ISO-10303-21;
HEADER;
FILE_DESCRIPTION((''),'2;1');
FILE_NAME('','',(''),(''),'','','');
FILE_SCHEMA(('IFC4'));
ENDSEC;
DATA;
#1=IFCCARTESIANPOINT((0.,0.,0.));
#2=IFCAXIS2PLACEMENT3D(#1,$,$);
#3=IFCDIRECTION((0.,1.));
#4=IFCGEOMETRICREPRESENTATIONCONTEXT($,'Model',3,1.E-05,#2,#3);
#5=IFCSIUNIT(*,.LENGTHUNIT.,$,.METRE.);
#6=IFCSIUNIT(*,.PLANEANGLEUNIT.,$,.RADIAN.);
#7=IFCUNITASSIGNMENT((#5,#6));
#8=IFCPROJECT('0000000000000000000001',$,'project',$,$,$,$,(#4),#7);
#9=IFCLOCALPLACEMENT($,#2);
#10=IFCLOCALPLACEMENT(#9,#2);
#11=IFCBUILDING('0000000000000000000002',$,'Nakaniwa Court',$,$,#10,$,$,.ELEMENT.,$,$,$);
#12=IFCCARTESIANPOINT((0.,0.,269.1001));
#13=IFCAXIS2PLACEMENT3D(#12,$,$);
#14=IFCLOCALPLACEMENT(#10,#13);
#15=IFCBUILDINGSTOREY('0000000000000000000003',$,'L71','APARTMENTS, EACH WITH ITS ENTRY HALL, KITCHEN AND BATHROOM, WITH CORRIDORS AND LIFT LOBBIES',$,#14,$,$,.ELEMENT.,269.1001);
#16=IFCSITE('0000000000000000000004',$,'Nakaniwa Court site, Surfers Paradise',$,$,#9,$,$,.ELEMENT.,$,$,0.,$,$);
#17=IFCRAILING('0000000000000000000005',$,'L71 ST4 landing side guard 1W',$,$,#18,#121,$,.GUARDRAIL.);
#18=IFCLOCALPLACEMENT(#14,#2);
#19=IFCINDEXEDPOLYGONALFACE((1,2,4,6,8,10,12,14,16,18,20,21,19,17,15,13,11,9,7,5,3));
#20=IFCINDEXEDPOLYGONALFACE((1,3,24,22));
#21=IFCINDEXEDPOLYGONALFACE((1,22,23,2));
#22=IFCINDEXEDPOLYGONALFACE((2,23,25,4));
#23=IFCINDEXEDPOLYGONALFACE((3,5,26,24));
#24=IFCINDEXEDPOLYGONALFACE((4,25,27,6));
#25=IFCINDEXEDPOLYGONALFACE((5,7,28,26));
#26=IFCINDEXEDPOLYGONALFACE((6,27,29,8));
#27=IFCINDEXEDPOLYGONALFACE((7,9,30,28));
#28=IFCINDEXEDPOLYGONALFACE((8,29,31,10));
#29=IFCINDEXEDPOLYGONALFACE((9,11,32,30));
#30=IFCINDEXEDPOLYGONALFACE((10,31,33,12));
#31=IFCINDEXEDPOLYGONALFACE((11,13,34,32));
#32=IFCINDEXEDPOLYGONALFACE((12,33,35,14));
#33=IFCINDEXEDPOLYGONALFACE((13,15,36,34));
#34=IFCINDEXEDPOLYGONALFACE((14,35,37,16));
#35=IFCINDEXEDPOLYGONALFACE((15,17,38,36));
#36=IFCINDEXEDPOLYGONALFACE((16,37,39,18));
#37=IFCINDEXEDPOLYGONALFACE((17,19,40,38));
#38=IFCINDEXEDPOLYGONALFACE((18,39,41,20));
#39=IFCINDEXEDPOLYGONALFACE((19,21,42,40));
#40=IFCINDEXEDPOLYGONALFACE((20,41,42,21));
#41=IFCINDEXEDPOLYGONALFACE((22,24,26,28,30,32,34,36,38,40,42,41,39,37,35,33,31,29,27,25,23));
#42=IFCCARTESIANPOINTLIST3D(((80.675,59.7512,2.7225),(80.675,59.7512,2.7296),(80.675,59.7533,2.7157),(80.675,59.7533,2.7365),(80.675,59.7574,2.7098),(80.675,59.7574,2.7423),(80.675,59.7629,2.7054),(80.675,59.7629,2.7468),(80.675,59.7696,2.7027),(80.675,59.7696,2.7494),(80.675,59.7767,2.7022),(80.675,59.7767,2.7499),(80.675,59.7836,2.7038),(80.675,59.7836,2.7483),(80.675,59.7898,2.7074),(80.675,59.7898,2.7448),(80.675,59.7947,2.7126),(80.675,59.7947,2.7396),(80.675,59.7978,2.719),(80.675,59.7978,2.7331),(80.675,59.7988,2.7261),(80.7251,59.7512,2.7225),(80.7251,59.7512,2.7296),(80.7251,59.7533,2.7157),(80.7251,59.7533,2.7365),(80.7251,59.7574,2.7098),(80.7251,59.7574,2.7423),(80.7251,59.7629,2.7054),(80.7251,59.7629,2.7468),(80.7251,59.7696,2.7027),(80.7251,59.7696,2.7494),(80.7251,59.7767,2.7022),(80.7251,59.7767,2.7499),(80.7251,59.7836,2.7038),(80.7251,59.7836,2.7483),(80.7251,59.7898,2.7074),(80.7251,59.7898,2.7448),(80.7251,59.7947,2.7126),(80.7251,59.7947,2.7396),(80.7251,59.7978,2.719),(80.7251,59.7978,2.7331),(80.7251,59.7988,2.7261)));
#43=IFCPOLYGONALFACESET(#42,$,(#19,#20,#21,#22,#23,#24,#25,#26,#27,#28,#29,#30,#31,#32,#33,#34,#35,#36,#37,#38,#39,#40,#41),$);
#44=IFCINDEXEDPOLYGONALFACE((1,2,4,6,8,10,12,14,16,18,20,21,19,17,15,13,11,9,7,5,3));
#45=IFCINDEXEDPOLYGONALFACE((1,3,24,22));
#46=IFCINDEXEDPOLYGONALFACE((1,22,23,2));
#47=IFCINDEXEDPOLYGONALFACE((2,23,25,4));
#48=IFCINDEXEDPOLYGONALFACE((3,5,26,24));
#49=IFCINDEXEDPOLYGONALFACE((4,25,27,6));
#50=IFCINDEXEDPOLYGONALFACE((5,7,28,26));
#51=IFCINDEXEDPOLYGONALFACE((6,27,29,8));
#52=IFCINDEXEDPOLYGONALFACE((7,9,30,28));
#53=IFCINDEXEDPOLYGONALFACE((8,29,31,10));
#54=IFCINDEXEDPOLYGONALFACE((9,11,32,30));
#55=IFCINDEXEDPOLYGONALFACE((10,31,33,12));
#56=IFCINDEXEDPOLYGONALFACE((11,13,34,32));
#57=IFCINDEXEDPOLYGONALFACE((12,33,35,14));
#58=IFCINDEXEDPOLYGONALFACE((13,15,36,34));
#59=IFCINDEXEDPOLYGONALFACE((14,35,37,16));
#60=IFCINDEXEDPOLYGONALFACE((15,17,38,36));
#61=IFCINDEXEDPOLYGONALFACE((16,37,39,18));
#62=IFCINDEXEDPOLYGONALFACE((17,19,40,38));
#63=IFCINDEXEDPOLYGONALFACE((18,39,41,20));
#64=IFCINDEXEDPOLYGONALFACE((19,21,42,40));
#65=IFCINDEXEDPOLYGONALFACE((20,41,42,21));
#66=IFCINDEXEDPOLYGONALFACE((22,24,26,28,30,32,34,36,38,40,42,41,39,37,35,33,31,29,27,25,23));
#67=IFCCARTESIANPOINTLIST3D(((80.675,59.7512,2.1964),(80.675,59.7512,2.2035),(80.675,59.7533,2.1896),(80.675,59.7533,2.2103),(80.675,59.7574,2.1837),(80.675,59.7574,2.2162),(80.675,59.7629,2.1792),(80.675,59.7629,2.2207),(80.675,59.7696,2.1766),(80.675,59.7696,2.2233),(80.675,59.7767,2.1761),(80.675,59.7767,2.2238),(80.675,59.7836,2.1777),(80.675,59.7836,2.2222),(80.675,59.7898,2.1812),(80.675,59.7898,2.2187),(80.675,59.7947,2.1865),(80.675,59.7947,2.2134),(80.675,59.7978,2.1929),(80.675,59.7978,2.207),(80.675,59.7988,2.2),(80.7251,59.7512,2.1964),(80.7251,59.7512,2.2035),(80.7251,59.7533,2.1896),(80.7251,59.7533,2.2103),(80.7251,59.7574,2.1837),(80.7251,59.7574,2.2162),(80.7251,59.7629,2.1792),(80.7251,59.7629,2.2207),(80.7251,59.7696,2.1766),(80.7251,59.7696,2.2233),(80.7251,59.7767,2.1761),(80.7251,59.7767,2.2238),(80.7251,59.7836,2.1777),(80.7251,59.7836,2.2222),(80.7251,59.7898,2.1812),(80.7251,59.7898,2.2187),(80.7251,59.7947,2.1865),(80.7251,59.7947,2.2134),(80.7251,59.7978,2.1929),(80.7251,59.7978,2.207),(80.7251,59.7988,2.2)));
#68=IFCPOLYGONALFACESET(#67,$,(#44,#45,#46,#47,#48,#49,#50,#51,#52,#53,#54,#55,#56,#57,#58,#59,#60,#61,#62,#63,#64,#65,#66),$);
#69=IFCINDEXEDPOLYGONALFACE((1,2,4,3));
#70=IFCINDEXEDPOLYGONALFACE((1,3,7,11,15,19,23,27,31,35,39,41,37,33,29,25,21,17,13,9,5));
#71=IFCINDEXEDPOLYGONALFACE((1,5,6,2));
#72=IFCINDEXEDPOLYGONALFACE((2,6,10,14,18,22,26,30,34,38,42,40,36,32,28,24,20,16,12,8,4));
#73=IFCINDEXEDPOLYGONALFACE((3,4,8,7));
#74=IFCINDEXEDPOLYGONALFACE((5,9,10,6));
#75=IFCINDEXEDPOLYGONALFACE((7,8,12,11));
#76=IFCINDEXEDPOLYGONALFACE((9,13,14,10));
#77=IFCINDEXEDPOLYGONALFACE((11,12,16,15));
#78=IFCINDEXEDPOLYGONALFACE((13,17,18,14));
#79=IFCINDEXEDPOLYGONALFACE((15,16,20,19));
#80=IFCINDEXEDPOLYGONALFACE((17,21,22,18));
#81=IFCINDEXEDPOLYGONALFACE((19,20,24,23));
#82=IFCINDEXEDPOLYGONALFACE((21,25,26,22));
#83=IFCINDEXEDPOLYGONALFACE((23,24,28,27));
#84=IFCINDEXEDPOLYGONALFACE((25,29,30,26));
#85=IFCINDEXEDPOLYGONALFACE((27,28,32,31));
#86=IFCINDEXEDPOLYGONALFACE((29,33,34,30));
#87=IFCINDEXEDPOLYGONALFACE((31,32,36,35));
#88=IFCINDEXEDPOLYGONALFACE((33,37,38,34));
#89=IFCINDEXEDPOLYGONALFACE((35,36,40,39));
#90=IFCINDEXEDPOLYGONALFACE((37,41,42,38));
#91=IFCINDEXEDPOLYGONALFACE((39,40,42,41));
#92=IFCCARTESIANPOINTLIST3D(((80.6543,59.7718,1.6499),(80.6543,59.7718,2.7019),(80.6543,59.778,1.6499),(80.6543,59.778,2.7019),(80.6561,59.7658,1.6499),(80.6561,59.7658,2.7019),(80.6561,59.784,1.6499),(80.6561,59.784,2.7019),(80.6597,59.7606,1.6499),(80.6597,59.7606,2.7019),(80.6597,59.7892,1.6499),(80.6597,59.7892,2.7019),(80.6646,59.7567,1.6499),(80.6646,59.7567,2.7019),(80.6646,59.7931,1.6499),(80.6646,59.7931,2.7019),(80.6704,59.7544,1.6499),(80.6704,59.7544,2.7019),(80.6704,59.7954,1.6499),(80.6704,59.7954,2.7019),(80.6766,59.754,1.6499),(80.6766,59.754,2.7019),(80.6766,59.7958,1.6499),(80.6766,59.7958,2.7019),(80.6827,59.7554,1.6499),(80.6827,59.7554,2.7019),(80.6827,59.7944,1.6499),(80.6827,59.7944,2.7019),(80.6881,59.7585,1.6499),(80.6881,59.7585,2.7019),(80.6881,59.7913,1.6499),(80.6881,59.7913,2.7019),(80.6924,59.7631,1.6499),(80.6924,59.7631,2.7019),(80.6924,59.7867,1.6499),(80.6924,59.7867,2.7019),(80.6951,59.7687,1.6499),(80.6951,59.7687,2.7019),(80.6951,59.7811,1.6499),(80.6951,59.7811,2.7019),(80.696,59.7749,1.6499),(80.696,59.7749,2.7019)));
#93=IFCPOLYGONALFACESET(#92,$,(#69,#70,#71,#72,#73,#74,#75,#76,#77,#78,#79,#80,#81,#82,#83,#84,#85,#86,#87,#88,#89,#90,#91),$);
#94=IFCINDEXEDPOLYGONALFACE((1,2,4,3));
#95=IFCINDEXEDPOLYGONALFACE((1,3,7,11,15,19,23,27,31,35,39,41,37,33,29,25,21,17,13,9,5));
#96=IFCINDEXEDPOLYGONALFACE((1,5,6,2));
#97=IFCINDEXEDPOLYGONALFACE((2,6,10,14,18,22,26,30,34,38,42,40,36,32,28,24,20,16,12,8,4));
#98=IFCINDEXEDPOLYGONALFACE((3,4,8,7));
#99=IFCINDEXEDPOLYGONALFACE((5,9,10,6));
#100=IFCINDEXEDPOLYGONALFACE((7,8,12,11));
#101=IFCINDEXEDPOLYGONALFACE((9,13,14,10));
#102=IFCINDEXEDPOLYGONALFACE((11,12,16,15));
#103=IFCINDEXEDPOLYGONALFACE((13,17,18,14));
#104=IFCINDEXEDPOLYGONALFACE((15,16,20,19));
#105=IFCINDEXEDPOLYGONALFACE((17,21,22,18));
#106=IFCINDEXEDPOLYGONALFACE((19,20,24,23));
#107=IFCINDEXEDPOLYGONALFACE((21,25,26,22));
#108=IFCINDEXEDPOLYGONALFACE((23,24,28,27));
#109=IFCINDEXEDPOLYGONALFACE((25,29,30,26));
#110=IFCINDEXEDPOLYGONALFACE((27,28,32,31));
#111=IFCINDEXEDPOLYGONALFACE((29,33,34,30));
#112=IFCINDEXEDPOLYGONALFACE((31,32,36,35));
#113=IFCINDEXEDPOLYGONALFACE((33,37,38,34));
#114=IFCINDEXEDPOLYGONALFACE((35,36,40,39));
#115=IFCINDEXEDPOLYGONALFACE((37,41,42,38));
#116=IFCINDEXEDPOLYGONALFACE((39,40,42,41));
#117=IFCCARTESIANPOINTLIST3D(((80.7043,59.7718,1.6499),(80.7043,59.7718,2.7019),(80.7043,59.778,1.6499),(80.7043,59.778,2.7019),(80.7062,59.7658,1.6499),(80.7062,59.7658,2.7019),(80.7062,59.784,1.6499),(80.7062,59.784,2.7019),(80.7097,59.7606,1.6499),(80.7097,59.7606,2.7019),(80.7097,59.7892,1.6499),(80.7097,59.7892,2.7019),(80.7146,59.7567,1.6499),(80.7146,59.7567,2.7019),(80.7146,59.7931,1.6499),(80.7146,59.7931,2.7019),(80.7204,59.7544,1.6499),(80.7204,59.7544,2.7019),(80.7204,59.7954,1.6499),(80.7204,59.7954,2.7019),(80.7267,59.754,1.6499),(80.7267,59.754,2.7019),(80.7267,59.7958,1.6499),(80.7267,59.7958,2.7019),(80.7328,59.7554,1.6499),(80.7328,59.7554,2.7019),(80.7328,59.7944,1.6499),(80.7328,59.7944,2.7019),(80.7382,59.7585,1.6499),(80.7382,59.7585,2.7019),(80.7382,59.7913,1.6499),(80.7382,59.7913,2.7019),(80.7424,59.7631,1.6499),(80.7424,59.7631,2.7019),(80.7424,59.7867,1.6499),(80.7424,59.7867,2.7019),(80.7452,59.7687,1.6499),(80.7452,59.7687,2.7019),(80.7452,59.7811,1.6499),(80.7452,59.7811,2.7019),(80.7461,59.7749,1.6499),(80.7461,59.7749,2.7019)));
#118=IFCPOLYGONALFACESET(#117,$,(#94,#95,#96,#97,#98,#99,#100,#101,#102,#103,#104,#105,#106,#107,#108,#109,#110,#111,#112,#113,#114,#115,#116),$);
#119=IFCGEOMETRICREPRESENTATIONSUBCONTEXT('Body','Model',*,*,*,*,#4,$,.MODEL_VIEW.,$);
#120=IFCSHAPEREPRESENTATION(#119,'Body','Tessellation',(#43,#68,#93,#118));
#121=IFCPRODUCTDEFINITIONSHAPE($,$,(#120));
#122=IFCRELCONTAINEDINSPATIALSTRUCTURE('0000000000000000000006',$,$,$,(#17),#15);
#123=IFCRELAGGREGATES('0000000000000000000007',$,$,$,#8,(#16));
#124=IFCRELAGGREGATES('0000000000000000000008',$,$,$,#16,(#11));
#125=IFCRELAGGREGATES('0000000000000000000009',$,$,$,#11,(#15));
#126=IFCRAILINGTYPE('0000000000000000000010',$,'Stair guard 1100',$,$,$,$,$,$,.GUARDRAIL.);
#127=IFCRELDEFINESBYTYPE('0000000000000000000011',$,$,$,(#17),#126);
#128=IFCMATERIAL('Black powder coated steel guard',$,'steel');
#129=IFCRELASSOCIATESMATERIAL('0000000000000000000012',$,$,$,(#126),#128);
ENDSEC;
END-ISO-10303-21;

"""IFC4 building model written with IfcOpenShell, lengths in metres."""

from ifc_helpers import new_model, si_unit, direction, frame, origin, origin_2d, place, context, subcontext, project, spatial, circle, extrude, material, type_object, element, save


model = new_model("IFC4")

# Units and contexts
model_context = context("Model", 3, precision=1e-05, world=origin(), true_north=direction((0.0, 1.0)))
body_context = subcontext(model_context, "Body", "Model", "MODEL_VIEW")
ifc_project = project(units=[si_unit("LENGTHUNIT", "METRE"), si_unit("PLANEANGLEUNIT", "RADIAN")], contexts=[model_context])

# Site, building, storey
site_placement = place(None, origin())
site = spatial("IfcSite", under=ifc_project, at=site_placement, Name="Nakaniwa Court site, Surfers Paradise", CompositionType="ELEMENT", RefElevation=0.0)
building_placement = place(site_placement, origin())
building = spatial("IfcBuilding", under=site, at=building_placement, Name="Nakaniwa Court", CompositionType="ELEMENT")
storey_placement = place(building_placement, frame((0.0, 0.0, 269.1001)))
storey = spatial("IfcBuildingStorey", under=building, at=storey_placement, Name="L71", Description="APARTMENTS, EACH WITH ITS ENTRY HALL, KITCHEN AND BATHROOM, WITH CORRIDORS AND LIFT LOBBIES", CompositionType="ELEMENT", Elevation=269.1001)

# Railing
ifc_material_1 = material(Name="Black powder coated steel guard", Category="steel")
railing_type_1 = type_object("IfcRailingType", Name="Stair guard 1100", PredefinedType="GUARDRAIL", material=ifc_material_1)
for number, where, name in (
    (1, (80.675, 59.7749, 1.6499), "L71 ST4 landing side guard 1W"),
):
    element("IfcRailing", number, at=place(storey_placement, frame(where)), inside=storey, type_object=railing_type_1, Name=name, PredefinedType="GUARDRAIL", context=body_context, shape_type="SweptSolid", body=[
        extrude(circle(Radius=0.0239, at=origin_2d()), frame((0.0, 0.0, 1.0762), z_axis=(1.0, 0.0, 0.0), x_axis=(0.0, 1.0, 0.0)), (0.0, 0.0, 1.0), 0.05),
        extrude(circle(Radius=0.0239, at=origin_2d()), frame((0.0, 0.0, 0.55), z_axis=(1.0, 0.0, 0.0), x_axis=(0.0, 1.0, 0.0)), (0.0, 0.0, 1.0), 0.05),
        extrude(circle(Radius=0.021, at=origin_2d()), origin(), (0.0, 0.0, 1.0), 1.052),
        extrude(circle(Radius=0.021, at=origin_2d()), frame((0.05, 0.0, 0.0)), (0.0, 0.0, 1.0), 1.052),
    ])

save(model, "model.ifc")
